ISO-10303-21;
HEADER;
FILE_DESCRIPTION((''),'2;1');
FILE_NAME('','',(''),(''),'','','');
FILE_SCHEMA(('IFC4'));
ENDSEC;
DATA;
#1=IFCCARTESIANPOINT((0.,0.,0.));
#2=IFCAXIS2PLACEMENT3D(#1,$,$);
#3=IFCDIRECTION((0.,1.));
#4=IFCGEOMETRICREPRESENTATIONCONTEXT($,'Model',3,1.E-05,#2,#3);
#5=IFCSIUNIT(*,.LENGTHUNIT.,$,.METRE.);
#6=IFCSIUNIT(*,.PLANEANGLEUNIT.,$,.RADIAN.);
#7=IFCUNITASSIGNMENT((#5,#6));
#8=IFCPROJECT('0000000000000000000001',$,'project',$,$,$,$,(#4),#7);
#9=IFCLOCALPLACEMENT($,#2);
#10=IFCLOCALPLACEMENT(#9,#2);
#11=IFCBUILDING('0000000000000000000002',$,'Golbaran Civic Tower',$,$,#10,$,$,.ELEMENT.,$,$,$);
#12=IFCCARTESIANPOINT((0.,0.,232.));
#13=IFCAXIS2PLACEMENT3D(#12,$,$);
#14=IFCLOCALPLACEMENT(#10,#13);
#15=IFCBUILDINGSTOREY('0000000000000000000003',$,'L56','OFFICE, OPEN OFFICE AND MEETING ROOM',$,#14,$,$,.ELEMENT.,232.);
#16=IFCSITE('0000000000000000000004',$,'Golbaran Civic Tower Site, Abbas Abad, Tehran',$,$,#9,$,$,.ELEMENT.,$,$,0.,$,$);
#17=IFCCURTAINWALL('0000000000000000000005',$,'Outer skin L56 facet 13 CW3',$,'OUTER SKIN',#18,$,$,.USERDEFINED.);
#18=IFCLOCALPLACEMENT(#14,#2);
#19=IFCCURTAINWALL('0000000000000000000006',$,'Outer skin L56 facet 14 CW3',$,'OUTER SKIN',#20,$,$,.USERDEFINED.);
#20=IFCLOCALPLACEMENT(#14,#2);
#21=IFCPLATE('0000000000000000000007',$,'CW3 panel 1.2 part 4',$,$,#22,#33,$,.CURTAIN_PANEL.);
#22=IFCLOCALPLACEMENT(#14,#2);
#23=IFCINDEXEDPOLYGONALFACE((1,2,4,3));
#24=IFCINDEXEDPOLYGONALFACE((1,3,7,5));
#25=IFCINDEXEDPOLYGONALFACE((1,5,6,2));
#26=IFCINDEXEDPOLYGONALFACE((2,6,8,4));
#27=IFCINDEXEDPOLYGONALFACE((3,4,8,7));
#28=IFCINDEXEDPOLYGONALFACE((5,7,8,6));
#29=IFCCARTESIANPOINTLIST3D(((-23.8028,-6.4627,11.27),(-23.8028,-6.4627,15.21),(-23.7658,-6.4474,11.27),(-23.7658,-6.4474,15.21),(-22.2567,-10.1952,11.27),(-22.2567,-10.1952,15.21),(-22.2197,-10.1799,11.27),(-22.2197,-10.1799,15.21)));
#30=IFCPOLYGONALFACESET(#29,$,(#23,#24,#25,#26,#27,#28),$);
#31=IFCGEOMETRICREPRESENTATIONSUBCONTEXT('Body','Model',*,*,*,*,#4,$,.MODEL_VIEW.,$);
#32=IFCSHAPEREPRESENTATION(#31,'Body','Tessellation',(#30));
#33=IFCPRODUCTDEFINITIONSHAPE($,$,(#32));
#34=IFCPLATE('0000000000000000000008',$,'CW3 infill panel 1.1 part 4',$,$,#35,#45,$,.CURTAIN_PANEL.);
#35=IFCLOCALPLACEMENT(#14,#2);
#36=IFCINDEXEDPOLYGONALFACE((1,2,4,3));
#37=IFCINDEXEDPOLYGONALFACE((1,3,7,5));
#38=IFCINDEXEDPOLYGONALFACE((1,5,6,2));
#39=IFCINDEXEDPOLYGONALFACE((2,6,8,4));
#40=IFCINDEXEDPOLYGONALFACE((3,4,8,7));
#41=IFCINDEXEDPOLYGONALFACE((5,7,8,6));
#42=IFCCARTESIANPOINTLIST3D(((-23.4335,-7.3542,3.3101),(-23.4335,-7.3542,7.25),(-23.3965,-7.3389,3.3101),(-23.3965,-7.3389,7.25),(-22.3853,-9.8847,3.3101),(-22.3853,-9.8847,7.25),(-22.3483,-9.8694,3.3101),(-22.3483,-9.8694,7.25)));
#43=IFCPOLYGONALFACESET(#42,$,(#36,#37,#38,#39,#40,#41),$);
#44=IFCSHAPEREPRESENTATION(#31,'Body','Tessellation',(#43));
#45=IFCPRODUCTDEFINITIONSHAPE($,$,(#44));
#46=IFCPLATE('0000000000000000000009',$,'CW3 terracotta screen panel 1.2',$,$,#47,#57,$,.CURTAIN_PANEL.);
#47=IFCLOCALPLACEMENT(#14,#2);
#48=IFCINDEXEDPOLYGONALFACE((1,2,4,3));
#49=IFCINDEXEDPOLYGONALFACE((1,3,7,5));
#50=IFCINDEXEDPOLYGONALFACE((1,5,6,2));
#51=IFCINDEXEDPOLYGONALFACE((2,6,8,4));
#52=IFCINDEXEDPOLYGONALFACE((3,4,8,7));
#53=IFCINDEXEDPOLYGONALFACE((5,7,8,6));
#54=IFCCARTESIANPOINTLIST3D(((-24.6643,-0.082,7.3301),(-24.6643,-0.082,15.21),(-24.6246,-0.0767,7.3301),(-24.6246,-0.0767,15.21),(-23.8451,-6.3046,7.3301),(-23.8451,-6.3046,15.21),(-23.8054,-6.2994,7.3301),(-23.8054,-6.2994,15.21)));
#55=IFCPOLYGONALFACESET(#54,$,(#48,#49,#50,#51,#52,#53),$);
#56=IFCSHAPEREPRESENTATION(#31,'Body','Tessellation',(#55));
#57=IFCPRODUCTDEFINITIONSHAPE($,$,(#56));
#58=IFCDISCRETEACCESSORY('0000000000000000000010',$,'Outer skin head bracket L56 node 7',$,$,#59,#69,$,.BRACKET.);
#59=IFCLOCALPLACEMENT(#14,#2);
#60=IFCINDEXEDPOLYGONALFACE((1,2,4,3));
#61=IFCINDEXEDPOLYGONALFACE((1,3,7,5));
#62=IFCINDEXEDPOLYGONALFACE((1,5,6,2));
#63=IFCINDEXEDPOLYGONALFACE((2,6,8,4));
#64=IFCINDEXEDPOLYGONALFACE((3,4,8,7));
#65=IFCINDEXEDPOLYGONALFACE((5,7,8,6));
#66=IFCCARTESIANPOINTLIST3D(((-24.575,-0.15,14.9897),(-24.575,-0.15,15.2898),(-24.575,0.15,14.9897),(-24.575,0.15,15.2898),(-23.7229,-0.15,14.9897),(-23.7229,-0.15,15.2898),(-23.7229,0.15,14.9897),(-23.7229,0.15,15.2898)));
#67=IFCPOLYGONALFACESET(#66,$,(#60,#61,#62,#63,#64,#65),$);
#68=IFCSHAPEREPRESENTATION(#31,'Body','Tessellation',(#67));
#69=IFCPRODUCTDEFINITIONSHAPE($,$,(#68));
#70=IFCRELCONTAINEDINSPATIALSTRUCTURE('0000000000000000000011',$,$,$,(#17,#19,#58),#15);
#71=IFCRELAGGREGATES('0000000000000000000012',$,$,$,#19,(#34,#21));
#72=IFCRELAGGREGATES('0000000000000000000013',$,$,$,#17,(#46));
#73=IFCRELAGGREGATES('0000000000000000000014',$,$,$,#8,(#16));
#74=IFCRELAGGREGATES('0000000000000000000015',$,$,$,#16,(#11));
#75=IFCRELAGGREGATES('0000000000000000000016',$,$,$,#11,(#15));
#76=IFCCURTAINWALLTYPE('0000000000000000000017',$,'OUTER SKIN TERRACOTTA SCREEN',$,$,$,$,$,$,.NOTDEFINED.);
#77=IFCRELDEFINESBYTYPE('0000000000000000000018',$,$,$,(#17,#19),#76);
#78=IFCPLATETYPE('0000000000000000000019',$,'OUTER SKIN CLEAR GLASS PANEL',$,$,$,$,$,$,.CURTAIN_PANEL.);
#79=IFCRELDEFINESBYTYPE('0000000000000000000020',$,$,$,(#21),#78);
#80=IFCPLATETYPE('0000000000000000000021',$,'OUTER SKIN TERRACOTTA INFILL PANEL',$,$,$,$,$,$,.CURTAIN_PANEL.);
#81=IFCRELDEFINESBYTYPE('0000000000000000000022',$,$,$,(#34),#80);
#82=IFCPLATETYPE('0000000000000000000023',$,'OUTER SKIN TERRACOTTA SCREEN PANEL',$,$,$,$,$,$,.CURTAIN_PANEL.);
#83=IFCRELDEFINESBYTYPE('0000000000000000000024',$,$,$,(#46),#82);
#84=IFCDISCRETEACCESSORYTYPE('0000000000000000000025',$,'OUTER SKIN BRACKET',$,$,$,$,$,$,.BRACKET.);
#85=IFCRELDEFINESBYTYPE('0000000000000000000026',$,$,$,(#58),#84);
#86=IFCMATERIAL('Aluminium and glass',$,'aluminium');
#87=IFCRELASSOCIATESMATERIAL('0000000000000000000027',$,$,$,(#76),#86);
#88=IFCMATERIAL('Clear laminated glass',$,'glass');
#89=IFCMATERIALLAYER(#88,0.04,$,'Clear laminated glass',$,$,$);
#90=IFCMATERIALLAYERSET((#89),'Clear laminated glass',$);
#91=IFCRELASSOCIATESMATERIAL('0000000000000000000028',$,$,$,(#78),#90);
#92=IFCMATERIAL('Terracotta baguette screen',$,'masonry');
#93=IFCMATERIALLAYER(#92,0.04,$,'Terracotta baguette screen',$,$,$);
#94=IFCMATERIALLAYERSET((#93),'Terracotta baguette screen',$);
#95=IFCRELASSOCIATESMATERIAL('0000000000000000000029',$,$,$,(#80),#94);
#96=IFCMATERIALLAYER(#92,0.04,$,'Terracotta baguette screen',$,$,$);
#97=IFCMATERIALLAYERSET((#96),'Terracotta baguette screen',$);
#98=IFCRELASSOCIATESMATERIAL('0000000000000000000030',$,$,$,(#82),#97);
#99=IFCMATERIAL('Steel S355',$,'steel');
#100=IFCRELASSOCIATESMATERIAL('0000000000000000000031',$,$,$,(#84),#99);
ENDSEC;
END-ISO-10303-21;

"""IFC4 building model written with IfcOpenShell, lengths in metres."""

from ifc_helpers import new_model, si_unit, direction, frame, origin, origin_2d, place, context, subcontext, project, spatial, rectangle, extrude, material, layer, layer_set, type_object, element, aggregate, save


model = new_model("IFC4")

# Units and contexts
model_context = context("Model", 3, precision=1e-05, world=origin(), true_north=direction((0.0, 1.0)))
body_context = subcontext(model_context, "Body", "Model", "MODEL_VIEW")
ifc_project = project(units=[si_unit("LENGTHUNIT", "METRE"), si_unit("PLANEANGLEUNIT", "RADIAN")], contexts=[model_context])

# Site, building, storey
site_placement = place(None, origin())
site = spatial("IfcSite", under=ifc_project, at=site_placement, Name="Golbaran Civic Tower Site, Abbas Abad, Tehran", CompositionType="ELEMENT", RefElevation=0.0)
building_placement = place(site_placement, origin())
building = spatial("IfcBuilding", under=site, at=building_placement, Name="Golbaran Civic Tower", CompositionType="ELEMENT")
storey_placement = place(building_placement, frame((0.0, 0.0, 232.0)))
storey = spatial("IfcBuildingStorey", under=building, at=storey_placement, Name="L56", Description="OFFICE, OPEN OFFICE AND MEETING ROOM", CompositionType="ELEMENT", Elevation=232.0)

# Curtain walls
ifc_material_1 = material(Name="Aluminium and glass", Category="aluminium")
curtain_wall_type_1 = type_object("IfcCurtainWallType", Name="OUTER SKIN TERRACOTTA SCREEN", PredefinedType="NOTDEFINED", material=ifc_material_1)
curtain_wall_1_placement = place(storey_placement, origin())
curtain_wall_1 = element("IfcCurtainWall", 1, at=curtain_wall_1_placement, inside=storey, type_object=curtain_wall_type_1, Name="Outer skin L56 facet 13 CW3", ObjectType="OUTER SKIN", PredefinedType="USERDEFINED")
curtain_wall_2_placement = place(storey_placement, origin())
curtain_wall_2 = element("IfcCurtainWall", 2, at=curtain_wall_2_placement, inside=storey, type_object=curtain_wall_type_1, Name="Outer skin L56 facet 14 CW3", ObjectType="OUTER SKIN", PredefinedType="USERDEFINED")

# Plates
ifc_material_2 = material(Name="Clear laminated glass", Category="glass")
ifc_layer_1 = layer(ifc_material_2, 0.04, Name="Clear laminated glass")
ifc_layer_set_1 = layer_set([ifc_layer_1], Name="Clear laminated glass")
plate_type_1 = type_object("IfcPlateType", Name="OUTER SKIN CLEAR GLASS PANEL", PredefinedType="CURTAIN_PANEL", material=ifc_layer_set_1)
plate_1_placement = place(storey_placement, frame((-23.0112, -8.3213, 11.27), z_axis=(0.0, 0.0, 1.0), x_axis=(0.382683, -0.92388, 0.0)))
plate_1 = element("IfcPlate", 3, at=plate_1_placement, type_object=plate_type_1, Name="CW3 panel 1.2 part 4", PredefinedType="CURTAIN_PANEL", context=body_context, shape_type="SweptSolid", body=[
    extrude(rectangle(XDim=4.04, YDim=0.04, at=origin_2d()), origin(), (0.0, 0.0, 1.0), 3.9399),
])
ifc_material_3 = material(Name="Terracotta baguette screen", Category="masonry")
ifc_layer_2 = layer(ifc_material_3, 0.04, Name="Terracotta baguette screen")
ifc_layer_set_2 = layer_set([ifc_layer_2], Name="Terracotta baguette screen")
plate_type_2 = type_object("IfcPlateType", Name="OUTER SKIN TERRACOTTA INFILL PANEL", PredefinedType="CURTAIN_PANEL", material=ifc_layer_set_2)
plate_2_placement = place(storey_placement, frame((-22.8909, -8.6118, 3.3101), z_axis=(0.0, 0.0, 1.0), x_axis=(0.382683, -0.92388, 0.0)))
plate_2 = element("IfcPlate", 4, at=plate_2_placement, type_object=plate_type_2, Name="CW3 infill panel 1.1 part 4", PredefinedType="CURTAIN_PANEL", context=body_context, shape_type="SweptSolid", body=[
    extrude(rectangle(XDim=2.739, YDim=0.04, at=origin_2d()), origin(), (0.0, 0.0, 1.0), 3.9399),
])
aggregate(curtain_wall_2, [plate_2, plate_1])
ifc_layer_3 = layer(ifc_material_3, 0.04, Name="Terracotta baguette screen")
ifc_layer_set_3 = layer_set([ifc_layer_3], Name="Terracotta baguette screen")
plate_type_3 = type_object("IfcPlateType", Name="OUTER SKIN TERRACOTTA SCREEN PANEL", PredefinedType="CURTAIN_PANEL", material=ifc_layer_set_3)
plate_3_placement = place(storey_placement, frame((-24.2349, -3.1907, 7.3301), z_axis=(0.0, 0.0, 1.0), x_axis=(0.130526, -0.991445, 0.0)))
plate_3 = element("IfcPlate", 5, at=plate_3_placement, type_object=plate_type_3, Name="CW3 terracotta screen panel 1.2", PredefinedType="CURTAIN_PANEL", context=body_context, shape_type="SweptSolid", body=[
    extrude(rectangle(XDim=6.2764, YDim=0.04, at=origin_2d()), origin(), (0.0, 0.0, 1.0), 7.8799),
])
aggregate(curtain_wall_1, [plate_3])

# Discrete accessory
ifc_material_4 = material(Name="Steel S355", Category="steel")
discrete_accessory_type = type_object("IfcDiscreteAccessoryType", Name="OUTER SKIN BRACKET", PredefinedType="BRACKET", material=ifc_material_4)
discrete_accessory_placement = place(storey_placement, frame((-24.1489, 0.0, 14.9897), z_axis=(0.0, 0.0, 1.0), x_axis=(-1.0, 0.0, 0.0)))
element("IfcDiscreteAccessory", 6, at=discrete_accessory_placement, inside=storey, type_object=discrete_accessory_type, Name="Outer skin head bracket L56 node 7", PredefinedType="BRACKET", context=body_context, shape_type="SweptSolid", body=[
    extrude(rectangle(XDim=0.8521, YDim=0.3, at=origin_2d()), origin(), (0.0, 0.0, 1.0), 0.3),
])

save(model, "model.ifc")
